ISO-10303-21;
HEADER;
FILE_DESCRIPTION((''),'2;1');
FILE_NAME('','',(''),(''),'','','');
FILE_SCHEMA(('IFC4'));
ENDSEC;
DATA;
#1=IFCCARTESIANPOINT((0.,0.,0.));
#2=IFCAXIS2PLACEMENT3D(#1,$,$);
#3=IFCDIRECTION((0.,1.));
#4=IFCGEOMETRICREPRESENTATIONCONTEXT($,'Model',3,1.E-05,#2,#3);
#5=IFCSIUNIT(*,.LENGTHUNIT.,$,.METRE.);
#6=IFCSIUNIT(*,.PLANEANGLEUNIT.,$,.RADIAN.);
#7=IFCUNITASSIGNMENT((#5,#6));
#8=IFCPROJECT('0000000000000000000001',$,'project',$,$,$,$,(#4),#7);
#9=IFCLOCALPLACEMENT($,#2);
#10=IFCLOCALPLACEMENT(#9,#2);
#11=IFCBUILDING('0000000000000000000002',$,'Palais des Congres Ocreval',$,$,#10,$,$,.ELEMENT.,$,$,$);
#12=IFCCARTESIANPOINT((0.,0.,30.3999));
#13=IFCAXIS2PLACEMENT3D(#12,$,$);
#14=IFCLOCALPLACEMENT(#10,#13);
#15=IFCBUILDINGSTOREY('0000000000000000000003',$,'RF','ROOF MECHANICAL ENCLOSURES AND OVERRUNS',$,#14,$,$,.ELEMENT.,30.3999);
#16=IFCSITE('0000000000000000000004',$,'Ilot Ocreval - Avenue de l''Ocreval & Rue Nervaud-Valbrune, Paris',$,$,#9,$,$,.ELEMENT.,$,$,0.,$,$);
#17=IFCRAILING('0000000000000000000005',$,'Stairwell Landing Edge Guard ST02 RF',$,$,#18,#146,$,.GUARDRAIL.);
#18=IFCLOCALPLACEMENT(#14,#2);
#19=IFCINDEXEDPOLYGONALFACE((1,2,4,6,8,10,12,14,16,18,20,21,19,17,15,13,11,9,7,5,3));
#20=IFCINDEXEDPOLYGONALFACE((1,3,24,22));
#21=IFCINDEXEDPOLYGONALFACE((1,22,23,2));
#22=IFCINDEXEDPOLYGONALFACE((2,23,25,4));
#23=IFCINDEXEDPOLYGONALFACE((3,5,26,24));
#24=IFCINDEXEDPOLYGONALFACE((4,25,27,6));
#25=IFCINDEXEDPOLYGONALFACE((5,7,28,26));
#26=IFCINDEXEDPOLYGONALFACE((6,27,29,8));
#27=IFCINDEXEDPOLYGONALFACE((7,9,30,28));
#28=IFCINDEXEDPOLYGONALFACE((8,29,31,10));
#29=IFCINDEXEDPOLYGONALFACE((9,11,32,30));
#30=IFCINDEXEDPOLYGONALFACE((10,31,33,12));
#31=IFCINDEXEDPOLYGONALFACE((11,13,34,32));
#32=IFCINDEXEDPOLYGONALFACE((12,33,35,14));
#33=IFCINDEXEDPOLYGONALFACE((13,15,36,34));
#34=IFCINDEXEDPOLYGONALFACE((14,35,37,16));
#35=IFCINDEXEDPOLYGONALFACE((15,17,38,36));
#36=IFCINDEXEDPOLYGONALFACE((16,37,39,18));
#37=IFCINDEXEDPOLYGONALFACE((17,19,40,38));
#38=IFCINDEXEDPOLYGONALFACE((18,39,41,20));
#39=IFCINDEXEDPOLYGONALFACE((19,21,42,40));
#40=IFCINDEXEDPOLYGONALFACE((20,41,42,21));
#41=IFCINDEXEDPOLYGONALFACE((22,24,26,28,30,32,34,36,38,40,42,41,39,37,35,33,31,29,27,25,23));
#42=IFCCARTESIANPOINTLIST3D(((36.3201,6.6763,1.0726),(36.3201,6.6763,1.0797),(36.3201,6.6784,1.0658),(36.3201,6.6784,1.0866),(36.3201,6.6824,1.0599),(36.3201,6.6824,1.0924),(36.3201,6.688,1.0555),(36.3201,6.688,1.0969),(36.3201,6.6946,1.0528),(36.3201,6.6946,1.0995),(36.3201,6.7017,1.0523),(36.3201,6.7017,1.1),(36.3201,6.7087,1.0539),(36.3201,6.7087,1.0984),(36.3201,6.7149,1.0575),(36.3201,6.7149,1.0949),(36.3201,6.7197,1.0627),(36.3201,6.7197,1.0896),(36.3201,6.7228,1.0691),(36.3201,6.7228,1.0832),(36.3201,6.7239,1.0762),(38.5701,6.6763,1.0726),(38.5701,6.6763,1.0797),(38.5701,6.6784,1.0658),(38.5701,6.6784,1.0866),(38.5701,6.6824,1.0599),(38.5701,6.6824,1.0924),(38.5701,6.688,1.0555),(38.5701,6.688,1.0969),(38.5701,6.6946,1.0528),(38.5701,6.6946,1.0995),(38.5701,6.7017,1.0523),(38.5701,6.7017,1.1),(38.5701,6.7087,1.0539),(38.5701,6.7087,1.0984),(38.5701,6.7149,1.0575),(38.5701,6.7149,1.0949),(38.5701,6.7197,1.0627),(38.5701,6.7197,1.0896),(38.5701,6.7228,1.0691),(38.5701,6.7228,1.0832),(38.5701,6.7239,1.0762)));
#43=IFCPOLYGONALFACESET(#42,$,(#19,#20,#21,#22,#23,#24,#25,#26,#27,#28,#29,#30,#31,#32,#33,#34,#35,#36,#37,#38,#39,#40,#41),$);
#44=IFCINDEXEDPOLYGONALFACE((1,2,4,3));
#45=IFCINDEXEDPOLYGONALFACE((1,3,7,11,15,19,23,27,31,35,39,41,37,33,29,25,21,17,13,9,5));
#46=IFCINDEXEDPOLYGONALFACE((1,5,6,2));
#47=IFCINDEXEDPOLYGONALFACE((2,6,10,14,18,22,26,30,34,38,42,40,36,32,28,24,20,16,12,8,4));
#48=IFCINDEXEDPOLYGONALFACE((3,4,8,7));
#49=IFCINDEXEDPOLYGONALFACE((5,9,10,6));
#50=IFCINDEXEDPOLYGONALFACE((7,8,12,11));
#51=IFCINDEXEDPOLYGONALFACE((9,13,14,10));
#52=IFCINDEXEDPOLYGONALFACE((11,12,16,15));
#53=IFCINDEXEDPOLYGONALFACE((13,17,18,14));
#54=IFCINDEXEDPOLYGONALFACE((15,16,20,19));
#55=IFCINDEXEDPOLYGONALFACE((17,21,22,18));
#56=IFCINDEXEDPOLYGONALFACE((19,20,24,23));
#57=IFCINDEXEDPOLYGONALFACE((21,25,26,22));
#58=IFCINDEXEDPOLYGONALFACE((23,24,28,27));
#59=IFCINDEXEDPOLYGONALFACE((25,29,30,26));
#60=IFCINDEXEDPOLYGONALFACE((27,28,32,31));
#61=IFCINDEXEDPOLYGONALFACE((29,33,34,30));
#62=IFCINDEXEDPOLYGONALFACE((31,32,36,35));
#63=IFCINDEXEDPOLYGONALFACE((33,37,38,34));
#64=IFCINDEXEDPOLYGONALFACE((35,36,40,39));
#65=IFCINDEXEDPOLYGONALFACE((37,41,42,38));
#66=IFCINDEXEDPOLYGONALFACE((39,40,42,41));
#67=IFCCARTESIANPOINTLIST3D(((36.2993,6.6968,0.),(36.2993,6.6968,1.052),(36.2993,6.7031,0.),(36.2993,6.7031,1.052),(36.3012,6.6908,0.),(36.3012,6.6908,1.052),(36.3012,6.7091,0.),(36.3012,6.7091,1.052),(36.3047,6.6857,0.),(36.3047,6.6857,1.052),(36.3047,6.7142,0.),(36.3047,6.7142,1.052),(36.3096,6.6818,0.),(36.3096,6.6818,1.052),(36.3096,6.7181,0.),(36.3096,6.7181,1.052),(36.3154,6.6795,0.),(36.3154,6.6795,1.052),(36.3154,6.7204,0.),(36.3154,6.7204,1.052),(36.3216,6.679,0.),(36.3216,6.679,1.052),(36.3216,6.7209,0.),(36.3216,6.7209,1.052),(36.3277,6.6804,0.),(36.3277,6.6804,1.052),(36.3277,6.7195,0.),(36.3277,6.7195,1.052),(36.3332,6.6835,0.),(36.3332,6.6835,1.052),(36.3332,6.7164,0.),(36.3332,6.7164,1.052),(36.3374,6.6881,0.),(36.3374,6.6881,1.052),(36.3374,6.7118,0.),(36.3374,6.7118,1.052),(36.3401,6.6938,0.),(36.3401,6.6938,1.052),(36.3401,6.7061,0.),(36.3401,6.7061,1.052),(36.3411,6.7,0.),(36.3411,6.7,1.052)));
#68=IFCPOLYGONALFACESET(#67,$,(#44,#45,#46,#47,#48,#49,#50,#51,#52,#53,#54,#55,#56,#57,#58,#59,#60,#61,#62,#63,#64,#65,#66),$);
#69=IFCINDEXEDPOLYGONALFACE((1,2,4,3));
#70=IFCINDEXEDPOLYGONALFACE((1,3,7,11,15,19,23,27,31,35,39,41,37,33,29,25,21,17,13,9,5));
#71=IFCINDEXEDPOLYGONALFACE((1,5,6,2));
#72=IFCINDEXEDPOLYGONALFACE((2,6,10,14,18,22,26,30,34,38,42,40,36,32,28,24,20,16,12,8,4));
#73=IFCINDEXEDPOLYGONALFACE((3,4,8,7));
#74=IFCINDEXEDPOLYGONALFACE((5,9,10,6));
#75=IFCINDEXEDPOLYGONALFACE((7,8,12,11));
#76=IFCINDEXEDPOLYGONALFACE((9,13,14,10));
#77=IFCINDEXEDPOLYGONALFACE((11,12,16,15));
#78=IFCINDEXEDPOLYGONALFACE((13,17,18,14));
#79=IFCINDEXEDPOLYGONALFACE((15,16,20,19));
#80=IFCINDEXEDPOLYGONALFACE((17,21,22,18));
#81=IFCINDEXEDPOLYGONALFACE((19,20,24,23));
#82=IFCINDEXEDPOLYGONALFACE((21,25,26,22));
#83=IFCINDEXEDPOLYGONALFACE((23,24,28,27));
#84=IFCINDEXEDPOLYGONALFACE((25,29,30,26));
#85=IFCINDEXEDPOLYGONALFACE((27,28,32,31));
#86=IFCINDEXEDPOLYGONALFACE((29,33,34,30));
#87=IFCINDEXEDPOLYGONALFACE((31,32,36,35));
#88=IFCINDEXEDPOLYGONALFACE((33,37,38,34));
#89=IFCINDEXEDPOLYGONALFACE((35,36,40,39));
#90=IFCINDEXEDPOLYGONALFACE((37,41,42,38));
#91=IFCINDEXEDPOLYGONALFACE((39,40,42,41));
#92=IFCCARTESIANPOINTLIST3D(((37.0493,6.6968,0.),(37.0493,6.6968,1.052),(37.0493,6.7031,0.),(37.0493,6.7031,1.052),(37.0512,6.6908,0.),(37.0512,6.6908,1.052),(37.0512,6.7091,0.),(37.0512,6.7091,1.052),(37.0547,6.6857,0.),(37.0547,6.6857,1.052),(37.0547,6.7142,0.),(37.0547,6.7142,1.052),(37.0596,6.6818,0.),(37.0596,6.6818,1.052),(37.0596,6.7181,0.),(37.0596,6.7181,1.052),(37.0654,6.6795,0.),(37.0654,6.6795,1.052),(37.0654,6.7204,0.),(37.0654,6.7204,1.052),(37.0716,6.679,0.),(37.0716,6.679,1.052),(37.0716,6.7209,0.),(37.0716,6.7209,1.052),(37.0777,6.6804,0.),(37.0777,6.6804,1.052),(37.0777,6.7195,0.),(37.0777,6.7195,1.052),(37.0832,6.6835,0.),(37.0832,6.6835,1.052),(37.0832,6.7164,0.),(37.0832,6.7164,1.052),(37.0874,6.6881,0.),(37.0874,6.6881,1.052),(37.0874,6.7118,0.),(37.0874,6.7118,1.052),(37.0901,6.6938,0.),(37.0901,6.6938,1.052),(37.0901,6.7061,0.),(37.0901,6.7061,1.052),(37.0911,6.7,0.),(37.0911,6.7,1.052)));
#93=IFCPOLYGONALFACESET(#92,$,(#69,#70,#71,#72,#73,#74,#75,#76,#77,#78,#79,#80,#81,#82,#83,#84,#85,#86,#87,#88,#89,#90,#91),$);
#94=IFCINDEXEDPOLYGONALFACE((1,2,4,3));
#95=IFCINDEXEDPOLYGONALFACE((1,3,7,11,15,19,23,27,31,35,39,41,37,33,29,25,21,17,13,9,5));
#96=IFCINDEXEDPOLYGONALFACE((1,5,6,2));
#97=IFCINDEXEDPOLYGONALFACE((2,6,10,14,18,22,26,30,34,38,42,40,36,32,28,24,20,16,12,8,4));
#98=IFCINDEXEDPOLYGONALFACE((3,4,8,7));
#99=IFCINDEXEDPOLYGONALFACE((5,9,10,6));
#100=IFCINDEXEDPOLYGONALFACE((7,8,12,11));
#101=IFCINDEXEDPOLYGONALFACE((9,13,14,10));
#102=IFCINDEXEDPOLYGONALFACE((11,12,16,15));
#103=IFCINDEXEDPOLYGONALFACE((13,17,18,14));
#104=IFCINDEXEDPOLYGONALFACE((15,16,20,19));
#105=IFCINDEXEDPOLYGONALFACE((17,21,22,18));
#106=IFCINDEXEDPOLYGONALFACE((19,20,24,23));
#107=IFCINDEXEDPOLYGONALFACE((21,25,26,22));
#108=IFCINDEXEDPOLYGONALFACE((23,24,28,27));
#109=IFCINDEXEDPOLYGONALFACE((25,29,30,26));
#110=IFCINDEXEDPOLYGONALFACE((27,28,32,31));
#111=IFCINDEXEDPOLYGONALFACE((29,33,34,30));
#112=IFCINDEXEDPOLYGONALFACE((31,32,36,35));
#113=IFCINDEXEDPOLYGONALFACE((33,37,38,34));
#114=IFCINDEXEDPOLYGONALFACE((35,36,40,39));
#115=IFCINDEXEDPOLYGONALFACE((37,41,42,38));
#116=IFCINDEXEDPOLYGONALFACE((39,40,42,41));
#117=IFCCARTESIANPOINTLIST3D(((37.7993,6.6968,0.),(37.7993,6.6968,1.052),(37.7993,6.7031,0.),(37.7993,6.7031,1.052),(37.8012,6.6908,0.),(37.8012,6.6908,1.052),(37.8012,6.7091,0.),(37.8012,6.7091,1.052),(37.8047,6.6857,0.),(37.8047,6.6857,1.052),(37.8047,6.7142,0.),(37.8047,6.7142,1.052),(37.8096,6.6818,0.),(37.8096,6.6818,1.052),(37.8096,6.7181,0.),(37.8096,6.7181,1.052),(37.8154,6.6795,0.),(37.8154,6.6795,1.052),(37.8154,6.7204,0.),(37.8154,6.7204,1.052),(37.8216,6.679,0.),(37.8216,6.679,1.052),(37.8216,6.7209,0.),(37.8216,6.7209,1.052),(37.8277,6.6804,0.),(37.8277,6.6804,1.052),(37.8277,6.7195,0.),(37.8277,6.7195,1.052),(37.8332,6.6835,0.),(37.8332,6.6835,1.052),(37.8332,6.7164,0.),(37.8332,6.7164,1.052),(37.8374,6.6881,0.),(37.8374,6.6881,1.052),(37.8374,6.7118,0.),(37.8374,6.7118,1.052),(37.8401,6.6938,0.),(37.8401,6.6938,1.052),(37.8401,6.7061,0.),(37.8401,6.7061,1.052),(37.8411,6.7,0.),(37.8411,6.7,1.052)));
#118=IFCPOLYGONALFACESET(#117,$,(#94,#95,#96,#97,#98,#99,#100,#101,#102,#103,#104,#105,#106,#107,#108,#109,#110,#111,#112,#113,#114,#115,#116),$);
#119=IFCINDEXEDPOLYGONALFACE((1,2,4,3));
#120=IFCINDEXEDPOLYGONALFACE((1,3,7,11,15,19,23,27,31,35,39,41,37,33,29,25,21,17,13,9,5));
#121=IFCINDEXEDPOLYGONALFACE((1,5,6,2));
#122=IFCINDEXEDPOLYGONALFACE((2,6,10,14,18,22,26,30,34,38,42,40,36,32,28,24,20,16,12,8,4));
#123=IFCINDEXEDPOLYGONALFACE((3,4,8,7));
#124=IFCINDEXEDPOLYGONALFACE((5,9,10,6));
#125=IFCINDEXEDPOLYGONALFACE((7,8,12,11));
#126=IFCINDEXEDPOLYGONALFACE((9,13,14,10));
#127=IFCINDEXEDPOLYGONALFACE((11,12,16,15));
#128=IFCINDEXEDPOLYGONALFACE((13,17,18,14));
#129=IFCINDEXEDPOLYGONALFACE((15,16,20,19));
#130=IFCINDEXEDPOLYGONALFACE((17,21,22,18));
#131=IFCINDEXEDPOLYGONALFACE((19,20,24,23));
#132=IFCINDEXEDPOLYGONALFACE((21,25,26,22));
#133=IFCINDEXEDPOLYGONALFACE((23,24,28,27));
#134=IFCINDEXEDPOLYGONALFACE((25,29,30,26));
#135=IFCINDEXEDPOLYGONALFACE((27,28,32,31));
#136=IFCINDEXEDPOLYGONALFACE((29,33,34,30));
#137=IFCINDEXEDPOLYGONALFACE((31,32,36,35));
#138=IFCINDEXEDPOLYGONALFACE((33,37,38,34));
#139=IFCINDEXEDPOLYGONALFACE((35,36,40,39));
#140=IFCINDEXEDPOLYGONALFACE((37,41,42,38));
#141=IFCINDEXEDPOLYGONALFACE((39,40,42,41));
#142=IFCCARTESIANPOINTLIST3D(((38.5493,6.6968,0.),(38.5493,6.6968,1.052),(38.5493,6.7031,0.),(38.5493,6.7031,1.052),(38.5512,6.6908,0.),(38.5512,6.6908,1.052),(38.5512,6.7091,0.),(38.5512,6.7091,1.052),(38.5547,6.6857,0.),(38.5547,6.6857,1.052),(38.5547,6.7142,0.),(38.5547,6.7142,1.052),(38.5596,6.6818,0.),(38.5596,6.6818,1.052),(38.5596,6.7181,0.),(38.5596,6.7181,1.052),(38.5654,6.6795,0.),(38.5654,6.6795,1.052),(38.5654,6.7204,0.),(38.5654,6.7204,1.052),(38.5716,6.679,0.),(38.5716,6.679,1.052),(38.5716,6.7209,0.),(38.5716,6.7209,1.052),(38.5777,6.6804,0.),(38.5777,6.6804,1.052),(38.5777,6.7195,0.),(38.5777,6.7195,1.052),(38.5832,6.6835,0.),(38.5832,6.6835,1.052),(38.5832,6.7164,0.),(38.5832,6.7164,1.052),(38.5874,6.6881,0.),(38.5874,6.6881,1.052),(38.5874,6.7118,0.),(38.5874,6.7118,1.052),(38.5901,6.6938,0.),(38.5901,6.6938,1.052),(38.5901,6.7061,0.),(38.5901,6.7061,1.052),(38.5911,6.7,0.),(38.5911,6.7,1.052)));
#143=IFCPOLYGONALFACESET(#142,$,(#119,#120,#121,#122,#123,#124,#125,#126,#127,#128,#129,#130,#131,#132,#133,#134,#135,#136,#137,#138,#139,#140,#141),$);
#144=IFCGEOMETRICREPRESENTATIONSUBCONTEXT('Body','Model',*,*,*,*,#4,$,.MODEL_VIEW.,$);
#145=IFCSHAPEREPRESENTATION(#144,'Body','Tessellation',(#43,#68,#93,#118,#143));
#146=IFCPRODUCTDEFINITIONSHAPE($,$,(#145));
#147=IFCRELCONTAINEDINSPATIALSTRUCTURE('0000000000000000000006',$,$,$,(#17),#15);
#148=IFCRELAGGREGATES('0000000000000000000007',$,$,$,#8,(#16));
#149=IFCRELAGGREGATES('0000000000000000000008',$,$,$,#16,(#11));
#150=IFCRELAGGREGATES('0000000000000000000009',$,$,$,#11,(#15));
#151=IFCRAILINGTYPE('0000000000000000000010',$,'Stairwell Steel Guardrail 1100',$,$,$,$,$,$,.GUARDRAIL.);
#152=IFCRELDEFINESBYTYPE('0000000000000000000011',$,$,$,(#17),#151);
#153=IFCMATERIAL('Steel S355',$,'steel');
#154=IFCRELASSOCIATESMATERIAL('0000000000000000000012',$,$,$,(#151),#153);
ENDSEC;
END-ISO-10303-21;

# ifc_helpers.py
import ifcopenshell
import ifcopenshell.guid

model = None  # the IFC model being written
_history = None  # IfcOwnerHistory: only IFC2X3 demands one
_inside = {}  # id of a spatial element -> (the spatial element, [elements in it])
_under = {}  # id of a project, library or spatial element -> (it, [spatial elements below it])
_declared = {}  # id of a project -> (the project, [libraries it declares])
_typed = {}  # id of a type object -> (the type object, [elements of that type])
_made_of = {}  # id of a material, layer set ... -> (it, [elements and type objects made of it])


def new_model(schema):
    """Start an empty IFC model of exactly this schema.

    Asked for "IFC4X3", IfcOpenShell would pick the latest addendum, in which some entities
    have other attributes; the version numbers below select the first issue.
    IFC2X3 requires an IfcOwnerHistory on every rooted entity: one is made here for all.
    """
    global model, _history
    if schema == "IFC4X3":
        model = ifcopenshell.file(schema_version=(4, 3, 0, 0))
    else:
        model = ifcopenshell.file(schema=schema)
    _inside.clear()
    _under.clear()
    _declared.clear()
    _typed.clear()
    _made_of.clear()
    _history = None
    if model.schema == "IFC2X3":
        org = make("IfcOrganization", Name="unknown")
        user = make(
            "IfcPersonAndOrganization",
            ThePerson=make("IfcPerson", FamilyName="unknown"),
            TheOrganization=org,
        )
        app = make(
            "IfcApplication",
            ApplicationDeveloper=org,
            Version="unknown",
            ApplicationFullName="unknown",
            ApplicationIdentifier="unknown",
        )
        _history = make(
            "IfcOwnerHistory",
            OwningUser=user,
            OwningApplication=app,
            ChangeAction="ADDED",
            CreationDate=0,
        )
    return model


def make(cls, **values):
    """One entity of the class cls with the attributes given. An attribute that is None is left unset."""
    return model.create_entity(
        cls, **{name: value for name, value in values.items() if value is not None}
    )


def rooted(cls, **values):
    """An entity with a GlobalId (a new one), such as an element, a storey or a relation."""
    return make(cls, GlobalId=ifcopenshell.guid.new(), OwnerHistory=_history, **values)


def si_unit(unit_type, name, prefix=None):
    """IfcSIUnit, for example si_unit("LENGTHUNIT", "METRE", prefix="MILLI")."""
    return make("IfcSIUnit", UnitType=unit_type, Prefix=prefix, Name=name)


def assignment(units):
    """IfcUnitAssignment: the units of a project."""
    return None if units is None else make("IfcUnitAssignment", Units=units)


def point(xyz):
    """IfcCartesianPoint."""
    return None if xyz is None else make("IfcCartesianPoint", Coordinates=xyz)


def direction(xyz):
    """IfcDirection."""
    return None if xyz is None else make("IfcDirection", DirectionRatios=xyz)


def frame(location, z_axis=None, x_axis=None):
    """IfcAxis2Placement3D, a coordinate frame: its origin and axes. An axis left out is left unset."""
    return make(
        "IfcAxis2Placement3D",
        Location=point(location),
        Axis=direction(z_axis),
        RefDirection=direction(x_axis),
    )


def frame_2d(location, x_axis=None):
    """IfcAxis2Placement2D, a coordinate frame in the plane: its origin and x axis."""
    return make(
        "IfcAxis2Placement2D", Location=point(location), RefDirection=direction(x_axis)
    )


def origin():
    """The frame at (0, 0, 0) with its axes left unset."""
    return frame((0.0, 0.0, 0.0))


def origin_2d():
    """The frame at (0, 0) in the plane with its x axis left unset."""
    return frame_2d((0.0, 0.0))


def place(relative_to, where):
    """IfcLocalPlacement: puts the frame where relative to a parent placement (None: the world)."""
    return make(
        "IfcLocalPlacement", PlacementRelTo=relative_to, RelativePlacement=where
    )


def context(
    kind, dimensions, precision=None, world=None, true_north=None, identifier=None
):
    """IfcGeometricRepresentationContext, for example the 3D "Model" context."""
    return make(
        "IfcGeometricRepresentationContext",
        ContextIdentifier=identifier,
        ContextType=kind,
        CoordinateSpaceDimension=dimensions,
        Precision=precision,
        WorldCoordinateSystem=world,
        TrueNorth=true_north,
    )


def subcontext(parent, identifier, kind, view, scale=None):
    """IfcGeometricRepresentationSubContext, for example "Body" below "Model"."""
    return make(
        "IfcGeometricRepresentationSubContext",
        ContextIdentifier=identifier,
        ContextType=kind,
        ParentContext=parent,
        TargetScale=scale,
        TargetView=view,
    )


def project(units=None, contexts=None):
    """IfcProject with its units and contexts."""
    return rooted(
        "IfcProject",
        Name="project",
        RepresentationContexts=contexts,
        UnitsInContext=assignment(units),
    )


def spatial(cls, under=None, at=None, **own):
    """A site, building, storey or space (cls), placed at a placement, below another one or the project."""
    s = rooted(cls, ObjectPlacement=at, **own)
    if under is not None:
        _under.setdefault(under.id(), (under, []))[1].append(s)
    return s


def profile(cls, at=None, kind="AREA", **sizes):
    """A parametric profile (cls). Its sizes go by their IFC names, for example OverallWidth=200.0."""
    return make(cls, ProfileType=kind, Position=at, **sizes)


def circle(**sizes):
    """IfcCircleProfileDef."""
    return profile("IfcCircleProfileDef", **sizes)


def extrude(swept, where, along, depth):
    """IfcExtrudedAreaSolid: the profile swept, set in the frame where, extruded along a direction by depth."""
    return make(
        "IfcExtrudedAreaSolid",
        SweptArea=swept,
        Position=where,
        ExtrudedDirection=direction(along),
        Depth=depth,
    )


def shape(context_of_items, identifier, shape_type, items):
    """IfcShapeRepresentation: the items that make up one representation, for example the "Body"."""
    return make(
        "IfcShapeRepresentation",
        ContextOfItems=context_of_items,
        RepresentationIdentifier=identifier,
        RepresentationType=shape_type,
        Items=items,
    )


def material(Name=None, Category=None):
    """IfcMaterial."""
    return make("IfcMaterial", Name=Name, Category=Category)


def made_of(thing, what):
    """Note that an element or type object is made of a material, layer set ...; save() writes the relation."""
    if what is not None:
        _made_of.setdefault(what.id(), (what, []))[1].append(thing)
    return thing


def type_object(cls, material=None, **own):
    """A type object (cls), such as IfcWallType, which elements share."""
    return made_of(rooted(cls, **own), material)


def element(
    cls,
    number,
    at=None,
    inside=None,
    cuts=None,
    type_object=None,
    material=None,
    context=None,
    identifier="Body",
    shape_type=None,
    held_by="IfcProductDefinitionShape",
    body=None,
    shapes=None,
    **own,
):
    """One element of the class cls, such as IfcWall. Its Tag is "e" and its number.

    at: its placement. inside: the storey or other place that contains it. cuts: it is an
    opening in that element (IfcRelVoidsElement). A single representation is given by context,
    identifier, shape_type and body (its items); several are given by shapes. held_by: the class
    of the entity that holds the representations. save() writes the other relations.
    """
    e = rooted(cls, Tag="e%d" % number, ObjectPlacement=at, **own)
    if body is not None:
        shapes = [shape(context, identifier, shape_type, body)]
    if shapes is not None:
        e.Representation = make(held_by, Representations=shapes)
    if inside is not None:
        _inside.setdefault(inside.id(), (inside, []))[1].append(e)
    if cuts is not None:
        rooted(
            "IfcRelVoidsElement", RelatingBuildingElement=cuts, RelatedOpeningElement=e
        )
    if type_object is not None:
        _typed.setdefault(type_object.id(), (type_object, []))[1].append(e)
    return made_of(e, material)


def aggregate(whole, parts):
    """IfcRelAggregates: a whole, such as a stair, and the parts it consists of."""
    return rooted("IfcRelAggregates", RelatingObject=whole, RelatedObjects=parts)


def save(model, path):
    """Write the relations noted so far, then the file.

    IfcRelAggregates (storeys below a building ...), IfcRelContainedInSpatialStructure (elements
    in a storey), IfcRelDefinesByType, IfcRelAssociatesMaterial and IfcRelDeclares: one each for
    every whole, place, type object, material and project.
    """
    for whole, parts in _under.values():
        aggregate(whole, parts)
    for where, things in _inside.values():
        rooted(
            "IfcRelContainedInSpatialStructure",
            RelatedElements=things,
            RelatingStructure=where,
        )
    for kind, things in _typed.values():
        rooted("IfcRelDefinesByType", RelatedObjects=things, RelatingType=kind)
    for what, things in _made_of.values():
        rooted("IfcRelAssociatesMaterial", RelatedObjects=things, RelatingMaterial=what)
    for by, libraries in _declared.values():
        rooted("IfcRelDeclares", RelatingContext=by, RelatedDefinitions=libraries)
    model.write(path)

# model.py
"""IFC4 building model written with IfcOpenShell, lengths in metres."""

from ifc_helpers import new_model, si_unit, direction, frame, origin, origin_2d, place, context, subcontext, project, spatial, circle, extrude, material, type_object, element, save


model = new_model("IFC4")

# Units and contexts
model_context = context("Model", 3, precision=1e-05, world=origin(), true_north=direction((0.0, 1.0)))
body_context = subcontext(model_context, "Body", "Model", "MODEL_VIEW")
ifc_project = project(units=[si_unit("LENGTHUNIT", "METRE"), si_unit("PLANEANGLEUNIT", "RADIAN")], contexts=[model_context])

# Site, building, storey
site_placement = place(None, origin())
site = spatial("IfcSite", under=ifc_project, at=site_placement, Name="Ilot Ocreval - Avenue de l'Ocreval & Rue Nervaud-Valbrune, Paris", CompositionType="ELEMENT", RefElevation=0.0)
building_placement = place(site_placement, origin())
building = spatial("IfcBuilding", under=site, at=building_placement, Name="Palais des Congres Ocreval", CompositionType="ELEMENT")
storey_placement = place(building_placement, frame((0.0, 0.0, 30.3999)))
storey = spatial("IfcBuildingStorey", under=building, at=storey_placement, Name="RF", Description="ROOF MECHANICAL ENCLOSURES AND OVERRUNS", CompositionType="ELEMENT", Elevation=30.3999)

# Railing
ifc_material_1 = material(Name="Steel S355", Category="steel")
railing_type = type_object("IfcRailingType", Name="Stairwell Steel Guardrail 1100", PredefinedType="GUARDRAIL", material=ifc_material_1)
for number, where, name in (
    (1, (36.3201, 6.7, 0.0), "Stairwell Landing Edge Guard ST02 RF"),
):
    element("IfcRailing", number, at=place(storey_placement, frame(where)), inside=storey, type_object=railing_type, Name=name, PredefinedType="GUARDRAIL", context=body_context, shape_type="SweptSolid", body=[
        extrude(circle(Radius=0.0239, at=origin_2d()), frame((0.0, 0.0, 1.0762), z_axis=(1.0, 0.0, 0.0), x_axis=(0.0, 1.0, 0.0)), (0.0, 0.0, 1.0), 2.25),
        extrude(circle(Radius=0.021, at=origin_2d()), origin(), (0.0, 0.0, 1.0), 1.052),
        extrude(circle(Radius=0.021, at=origin_2d()), frame((0.75, 0.0, 0.0)), (0.0, 0.0, 1.0), 1.052),
        extrude(circle(Radius=0.021, at=origin_2d()), frame((1.5, 0.0, 0.0)), (0.0, 0.0, 1.0), 1.052),
        extrude(circle(Radius=0.021, at=origin_2d()), frame((2.25, 0.0, 0.0)), (0.0, 0.0, 1.0), 1.052),
    ])

save(model, "model.ifc")
